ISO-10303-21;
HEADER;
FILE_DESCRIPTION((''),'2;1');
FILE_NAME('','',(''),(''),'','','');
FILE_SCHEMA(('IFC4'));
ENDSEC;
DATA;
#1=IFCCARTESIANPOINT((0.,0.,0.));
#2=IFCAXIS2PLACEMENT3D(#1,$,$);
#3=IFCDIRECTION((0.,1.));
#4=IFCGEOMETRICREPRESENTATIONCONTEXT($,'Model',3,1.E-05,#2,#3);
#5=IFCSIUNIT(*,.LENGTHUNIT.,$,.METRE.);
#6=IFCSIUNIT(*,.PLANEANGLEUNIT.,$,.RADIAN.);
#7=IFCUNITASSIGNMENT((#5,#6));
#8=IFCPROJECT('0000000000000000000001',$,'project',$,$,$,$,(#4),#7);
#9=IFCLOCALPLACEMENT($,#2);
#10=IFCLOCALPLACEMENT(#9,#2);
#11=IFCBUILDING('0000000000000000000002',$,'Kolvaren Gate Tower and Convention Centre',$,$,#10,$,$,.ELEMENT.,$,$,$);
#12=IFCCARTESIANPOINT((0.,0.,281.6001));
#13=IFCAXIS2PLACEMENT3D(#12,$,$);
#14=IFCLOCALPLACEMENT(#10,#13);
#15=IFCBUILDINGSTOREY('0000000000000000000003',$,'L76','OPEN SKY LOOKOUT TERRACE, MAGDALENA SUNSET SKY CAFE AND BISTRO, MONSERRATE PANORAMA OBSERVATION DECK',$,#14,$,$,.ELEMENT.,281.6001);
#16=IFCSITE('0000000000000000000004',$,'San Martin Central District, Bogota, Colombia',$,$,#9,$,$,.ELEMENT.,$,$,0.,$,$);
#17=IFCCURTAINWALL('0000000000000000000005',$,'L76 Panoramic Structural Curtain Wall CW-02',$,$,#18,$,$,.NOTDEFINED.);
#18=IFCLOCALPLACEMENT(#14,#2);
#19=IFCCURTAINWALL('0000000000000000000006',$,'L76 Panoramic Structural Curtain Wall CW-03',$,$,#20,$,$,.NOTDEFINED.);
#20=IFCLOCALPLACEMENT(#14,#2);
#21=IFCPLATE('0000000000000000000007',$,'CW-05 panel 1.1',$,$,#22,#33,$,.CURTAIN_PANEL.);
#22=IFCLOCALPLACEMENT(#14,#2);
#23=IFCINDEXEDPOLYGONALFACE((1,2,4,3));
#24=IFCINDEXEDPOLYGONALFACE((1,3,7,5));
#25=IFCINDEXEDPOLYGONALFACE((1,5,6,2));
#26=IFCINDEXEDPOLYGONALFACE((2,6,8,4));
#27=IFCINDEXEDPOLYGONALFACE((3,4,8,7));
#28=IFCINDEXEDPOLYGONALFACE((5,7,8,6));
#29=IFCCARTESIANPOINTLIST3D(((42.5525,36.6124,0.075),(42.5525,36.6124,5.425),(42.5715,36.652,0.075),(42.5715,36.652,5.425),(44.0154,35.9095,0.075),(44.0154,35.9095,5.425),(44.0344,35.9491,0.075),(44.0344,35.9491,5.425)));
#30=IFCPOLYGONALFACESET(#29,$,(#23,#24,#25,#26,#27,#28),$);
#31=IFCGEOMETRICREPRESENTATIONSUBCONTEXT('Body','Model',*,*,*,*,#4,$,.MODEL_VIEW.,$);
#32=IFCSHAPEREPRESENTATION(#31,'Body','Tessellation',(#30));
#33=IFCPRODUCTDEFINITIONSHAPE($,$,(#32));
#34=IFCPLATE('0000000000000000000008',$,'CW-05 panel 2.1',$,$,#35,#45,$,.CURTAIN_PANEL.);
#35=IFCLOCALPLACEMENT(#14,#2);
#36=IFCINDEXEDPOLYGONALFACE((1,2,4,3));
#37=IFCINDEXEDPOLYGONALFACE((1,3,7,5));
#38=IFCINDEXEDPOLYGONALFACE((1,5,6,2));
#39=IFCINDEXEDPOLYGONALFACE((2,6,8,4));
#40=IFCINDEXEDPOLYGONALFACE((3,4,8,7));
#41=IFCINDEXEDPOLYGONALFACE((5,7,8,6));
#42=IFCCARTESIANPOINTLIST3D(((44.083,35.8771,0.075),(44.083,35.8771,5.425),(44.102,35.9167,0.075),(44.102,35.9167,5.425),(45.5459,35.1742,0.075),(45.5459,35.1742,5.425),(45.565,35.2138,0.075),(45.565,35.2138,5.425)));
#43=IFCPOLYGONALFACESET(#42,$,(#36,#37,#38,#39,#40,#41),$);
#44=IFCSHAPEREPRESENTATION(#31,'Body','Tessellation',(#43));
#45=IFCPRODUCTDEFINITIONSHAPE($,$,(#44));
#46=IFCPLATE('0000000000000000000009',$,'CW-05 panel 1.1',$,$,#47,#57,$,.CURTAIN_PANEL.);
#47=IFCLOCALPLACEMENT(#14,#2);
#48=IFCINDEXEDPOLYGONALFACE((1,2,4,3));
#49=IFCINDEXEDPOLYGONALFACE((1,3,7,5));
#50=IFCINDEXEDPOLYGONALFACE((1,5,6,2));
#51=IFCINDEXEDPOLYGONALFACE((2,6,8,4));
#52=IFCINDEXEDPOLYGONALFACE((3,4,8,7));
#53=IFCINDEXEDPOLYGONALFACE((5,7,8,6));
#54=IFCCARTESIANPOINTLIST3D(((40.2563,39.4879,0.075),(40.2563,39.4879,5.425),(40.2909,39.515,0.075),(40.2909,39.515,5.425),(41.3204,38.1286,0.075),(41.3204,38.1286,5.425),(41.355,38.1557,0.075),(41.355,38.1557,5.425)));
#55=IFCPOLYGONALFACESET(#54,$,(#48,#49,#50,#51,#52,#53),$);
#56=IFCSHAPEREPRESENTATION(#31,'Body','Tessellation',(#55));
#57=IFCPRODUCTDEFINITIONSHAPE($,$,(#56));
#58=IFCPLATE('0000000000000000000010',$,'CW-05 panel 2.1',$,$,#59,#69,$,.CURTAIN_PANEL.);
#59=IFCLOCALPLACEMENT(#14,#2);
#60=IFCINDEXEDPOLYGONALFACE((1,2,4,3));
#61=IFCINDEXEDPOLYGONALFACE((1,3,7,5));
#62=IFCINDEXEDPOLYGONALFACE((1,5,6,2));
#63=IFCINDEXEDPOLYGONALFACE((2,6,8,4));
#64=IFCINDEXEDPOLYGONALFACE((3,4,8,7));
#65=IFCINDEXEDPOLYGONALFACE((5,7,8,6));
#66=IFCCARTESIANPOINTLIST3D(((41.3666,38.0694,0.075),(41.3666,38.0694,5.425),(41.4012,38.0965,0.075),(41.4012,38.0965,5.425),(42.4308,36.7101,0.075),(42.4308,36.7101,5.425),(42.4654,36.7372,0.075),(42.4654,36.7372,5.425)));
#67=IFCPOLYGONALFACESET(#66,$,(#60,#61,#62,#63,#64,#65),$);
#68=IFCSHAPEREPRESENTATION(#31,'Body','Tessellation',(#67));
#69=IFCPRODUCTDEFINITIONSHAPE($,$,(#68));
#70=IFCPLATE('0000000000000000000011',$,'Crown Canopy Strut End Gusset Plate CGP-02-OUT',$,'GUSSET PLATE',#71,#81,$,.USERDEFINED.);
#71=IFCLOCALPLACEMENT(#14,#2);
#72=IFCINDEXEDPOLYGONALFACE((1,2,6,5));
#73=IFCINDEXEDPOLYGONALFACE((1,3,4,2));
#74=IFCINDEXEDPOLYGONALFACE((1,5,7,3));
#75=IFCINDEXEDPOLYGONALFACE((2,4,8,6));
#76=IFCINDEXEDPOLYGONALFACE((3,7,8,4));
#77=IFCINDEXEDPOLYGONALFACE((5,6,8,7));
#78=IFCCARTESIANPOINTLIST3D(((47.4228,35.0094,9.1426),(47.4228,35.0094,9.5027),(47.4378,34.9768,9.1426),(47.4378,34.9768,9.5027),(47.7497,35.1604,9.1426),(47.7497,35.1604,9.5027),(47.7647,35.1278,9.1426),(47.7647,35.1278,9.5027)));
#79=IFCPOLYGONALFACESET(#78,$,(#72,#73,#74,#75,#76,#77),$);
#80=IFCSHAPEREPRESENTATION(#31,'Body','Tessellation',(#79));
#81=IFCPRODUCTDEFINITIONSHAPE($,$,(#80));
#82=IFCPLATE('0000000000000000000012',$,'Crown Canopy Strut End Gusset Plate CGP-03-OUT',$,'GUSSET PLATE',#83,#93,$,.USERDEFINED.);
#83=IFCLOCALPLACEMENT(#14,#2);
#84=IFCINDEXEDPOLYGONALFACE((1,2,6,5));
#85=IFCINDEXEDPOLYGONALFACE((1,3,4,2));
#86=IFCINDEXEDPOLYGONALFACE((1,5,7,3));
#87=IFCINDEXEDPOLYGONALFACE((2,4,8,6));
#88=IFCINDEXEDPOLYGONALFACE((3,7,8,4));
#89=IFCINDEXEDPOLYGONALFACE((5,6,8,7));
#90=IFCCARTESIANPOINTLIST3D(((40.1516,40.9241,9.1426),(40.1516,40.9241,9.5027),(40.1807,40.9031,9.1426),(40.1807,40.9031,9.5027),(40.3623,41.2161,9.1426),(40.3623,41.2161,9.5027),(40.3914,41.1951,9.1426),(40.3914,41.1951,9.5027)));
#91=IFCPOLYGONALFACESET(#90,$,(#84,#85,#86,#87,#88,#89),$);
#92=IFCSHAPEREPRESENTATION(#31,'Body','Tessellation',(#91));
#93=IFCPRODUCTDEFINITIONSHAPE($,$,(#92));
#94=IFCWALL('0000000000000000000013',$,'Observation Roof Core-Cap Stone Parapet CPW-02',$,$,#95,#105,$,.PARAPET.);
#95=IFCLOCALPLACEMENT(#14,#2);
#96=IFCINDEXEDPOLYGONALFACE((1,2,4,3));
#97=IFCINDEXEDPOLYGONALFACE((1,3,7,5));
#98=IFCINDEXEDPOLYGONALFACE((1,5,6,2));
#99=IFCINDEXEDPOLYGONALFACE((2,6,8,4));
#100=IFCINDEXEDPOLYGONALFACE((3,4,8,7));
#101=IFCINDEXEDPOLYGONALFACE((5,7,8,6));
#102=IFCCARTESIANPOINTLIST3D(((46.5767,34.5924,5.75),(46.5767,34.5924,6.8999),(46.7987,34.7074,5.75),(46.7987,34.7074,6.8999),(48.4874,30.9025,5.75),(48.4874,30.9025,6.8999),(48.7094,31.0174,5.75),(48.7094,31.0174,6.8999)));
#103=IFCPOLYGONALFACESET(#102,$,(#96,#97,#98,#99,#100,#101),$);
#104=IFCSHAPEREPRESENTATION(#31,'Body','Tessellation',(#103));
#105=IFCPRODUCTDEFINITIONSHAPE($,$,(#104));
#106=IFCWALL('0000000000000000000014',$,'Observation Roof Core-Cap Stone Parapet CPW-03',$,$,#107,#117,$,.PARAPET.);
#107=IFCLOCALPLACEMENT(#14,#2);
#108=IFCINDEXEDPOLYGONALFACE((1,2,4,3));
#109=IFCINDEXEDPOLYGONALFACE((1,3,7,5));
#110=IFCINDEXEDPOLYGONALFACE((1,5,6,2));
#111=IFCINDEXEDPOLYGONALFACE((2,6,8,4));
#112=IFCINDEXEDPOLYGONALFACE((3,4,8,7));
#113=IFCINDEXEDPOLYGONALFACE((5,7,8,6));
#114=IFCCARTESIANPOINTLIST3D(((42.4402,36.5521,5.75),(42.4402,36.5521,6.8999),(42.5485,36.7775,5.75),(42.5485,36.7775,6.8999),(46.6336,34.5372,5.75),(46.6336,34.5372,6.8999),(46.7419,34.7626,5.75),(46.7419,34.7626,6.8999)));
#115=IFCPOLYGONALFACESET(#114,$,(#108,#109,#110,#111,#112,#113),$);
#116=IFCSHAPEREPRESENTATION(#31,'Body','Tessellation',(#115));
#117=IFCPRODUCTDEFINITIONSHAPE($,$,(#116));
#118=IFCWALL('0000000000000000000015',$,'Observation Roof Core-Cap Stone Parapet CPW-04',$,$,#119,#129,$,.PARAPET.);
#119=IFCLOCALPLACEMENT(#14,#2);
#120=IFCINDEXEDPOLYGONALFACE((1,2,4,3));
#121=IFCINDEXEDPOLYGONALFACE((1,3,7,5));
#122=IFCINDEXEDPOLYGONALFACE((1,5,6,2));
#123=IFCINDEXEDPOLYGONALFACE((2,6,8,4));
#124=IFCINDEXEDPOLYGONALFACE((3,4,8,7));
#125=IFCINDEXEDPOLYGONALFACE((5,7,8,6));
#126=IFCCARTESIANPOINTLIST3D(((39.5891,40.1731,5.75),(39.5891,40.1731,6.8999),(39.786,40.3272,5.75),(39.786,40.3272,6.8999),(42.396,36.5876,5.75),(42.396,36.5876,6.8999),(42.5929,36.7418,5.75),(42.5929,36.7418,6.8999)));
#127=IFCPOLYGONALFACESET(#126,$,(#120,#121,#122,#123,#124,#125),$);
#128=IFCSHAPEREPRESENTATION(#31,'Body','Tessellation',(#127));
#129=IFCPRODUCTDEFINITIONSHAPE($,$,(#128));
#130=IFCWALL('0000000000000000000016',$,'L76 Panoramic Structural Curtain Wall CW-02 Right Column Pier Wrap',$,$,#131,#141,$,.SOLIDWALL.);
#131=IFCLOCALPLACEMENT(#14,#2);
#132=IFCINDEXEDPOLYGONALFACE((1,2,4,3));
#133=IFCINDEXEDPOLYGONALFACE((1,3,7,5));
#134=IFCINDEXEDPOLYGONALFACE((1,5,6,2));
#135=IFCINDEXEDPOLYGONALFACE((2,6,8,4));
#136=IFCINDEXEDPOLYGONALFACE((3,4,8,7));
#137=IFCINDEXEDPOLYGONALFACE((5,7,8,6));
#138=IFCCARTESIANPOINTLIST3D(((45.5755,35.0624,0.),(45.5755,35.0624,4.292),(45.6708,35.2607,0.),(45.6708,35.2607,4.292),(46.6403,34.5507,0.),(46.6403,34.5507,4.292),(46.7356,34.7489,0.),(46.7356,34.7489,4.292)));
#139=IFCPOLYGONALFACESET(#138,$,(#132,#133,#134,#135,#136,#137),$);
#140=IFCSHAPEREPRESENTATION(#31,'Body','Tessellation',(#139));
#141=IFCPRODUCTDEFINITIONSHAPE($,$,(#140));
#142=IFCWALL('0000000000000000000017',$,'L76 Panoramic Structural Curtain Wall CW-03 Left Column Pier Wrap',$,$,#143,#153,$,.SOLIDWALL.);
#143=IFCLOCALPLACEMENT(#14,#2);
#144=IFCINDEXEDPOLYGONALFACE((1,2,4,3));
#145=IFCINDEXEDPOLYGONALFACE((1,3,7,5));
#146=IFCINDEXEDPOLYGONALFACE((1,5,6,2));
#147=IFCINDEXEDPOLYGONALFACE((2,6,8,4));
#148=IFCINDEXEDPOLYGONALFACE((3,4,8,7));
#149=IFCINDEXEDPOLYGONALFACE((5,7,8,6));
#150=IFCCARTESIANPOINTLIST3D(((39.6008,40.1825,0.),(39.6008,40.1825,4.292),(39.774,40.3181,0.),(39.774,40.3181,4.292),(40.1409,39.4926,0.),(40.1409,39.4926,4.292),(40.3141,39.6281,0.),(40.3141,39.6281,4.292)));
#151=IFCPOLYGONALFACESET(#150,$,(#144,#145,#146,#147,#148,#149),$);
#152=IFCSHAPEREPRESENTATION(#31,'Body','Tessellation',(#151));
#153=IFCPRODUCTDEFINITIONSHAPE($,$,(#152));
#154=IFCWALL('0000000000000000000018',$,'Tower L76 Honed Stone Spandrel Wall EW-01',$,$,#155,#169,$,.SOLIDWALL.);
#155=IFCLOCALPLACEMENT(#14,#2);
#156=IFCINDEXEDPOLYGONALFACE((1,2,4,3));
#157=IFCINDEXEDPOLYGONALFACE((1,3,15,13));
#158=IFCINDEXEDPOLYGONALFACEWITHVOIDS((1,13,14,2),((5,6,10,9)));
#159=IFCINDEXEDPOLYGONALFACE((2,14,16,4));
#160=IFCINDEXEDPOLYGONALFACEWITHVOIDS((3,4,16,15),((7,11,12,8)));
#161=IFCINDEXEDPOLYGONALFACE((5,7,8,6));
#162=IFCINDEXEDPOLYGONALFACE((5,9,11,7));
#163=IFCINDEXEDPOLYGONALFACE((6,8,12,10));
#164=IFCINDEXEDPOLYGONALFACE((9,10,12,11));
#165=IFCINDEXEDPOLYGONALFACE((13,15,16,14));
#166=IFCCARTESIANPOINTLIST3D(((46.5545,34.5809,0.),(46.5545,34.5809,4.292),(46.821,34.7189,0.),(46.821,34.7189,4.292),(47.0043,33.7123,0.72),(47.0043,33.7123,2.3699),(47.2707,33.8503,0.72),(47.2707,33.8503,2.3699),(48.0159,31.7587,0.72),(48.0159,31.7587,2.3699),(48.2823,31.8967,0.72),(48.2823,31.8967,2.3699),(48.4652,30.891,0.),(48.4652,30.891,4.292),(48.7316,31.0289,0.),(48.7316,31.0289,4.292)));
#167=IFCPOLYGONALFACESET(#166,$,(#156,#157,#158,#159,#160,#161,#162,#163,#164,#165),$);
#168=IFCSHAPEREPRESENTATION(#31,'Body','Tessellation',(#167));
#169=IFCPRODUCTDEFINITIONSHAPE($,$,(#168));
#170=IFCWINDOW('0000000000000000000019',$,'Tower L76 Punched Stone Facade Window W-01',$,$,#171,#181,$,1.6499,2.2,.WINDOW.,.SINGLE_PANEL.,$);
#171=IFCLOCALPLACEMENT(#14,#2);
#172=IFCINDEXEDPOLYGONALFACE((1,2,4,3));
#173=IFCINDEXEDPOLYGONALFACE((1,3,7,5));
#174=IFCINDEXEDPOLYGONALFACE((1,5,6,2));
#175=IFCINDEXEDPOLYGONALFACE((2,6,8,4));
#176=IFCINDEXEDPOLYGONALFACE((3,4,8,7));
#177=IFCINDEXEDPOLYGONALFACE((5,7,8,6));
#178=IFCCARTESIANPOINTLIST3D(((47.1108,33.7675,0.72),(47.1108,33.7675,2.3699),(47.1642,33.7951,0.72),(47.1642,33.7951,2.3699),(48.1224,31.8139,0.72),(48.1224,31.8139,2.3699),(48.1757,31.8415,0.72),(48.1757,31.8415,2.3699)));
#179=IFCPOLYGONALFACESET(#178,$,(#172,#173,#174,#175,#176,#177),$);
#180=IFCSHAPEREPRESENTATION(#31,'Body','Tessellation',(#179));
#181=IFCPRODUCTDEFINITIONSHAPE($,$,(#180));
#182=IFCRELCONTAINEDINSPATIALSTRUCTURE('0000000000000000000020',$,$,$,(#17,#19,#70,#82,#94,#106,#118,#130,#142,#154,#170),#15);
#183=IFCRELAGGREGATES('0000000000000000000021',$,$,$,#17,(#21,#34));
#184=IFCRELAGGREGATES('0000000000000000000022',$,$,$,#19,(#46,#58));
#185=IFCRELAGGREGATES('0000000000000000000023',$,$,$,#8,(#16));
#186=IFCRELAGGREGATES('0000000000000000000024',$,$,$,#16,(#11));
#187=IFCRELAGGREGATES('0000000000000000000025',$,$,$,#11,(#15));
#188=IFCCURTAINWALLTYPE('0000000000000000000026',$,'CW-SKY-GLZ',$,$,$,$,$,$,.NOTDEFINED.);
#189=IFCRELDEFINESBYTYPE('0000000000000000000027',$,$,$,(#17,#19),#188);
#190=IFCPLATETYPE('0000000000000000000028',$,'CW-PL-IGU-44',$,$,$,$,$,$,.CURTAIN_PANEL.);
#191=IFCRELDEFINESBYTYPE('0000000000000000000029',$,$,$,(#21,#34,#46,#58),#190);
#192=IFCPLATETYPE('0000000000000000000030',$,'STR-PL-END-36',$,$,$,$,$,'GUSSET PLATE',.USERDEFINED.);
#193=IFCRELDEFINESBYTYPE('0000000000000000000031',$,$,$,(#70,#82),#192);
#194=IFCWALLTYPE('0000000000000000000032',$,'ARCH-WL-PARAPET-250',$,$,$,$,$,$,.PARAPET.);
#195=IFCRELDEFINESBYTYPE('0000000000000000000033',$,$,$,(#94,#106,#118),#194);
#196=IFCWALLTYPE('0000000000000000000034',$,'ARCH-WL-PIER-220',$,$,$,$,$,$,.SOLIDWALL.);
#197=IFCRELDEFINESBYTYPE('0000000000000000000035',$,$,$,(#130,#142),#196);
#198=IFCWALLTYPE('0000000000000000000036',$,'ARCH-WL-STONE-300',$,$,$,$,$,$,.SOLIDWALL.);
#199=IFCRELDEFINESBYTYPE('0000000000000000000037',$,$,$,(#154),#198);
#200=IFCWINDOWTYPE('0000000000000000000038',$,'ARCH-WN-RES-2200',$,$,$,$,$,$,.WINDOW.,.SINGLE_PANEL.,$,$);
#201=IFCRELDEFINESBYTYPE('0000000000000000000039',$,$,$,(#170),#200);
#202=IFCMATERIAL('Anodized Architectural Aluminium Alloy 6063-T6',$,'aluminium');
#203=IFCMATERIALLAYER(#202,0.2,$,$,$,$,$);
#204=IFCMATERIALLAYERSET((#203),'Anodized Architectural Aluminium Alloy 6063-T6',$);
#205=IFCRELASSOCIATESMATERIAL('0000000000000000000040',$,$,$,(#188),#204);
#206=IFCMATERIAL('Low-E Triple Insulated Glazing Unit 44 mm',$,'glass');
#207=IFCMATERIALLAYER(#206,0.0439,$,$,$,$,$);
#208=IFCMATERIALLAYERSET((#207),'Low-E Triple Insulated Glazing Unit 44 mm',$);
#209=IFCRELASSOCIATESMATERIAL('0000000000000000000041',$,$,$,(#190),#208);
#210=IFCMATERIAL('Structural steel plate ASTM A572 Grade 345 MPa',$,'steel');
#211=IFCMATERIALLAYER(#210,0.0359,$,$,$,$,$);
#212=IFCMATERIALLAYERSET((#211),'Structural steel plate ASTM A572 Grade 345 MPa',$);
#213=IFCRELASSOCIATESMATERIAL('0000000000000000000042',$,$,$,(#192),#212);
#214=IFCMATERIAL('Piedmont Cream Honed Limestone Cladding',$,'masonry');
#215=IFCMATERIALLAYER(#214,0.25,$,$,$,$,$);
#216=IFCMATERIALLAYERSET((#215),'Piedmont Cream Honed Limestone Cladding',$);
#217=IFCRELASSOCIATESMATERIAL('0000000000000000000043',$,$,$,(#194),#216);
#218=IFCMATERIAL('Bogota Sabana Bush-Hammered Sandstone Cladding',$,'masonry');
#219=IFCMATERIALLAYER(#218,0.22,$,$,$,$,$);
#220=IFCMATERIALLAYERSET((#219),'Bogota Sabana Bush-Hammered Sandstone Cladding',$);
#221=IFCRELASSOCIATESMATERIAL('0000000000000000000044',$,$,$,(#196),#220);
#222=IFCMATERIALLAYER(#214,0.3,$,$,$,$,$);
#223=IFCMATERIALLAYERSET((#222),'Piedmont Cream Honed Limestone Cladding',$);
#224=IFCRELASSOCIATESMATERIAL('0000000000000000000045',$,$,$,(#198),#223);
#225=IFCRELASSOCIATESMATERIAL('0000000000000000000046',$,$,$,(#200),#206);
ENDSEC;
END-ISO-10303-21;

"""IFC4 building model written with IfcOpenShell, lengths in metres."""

from ifc_helpers import new_model, si_unit, direction, frame, frame_2d, origin, origin_2d, place, context, subcontext, project, spatial, rectangle, extrude, material, layer, layer_set, type_object, element, fill, aggregate, save


model = new_model("IFC4")

# Units and contexts
model_context = context("Model", 3, precision=1e-05, world=origin(), true_north=direction((0.0, 1.0)))
body_context = subcontext(model_context, "Body", "Model", "MODEL_VIEW")
ifc_project = project(units=[si_unit("LENGTHUNIT", "METRE"), si_unit("PLANEANGLEUNIT", "RADIAN")], contexts=[model_context])

# Site, building, storey
site_placement = place(None, origin())
site = spatial("IfcSite", under=ifc_project, at=site_placement, Name="San Martin Central District, Bogota, Colombia", CompositionType="ELEMENT", RefElevation=0.0)
building_placement = place(site_placement, origin())
building = spatial("IfcBuilding", under=site, at=building_placement, Name="Kolvaren Gate Tower and Convention Centre", CompositionType="ELEMENT")
storey_placement = place(building_placement, frame((0.0, 0.0, 281.6001)))
storey = spatial("IfcBuildingStorey", under=building, at=storey_placement, Name="L76", Description="OPEN SKY LOOKOUT TERRACE, MAGDALENA SUNSET SKY CAFE AND BISTRO, MONSERRATE PANORAMA OBSERVATION DECK", CompositionType="ELEMENT", Elevation=281.6001)

# Curtain walls
ifc_material_1 = material(Name="Anodized Architectural Aluminium Alloy 6063-T6", Category="aluminium")
ifc_layer_1 = layer(ifc_material_1, 0.2)
ifc_layer_set_1 = layer_set([ifc_layer_1], Name="Anodized Architectural Aluminium Alloy 6063-T6")
curtain_wall_type = type_object("IfcCurtainWallType", Name="CW-SKY-GLZ", PredefinedType="NOTDEFINED", material=ifc_layer_set_1)
curtain_wall_1_placement = place(storey_placement, origin())
curtain_wall_1 = element("IfcCurtainWall", 1, at=curtain_wall_1_placement, inside=storey, type_object=curtain_wall_type, Name="L76 Panoramic Structural Curtain Wall CW-02", PredefinedType="NOTDEFINED")
curtain_wall_2_placement = place(storey_placement, origin())
curtain_wall_2 = element("IfcCurtainWall", 2, at=curtain_wall_2_placement, inside=storey, type_object=curtain_wall_type, Name="L76 Panoramic Structural Curtain Wall CW-03", PredefinedType="NOTDEFINED")

# Plates
ifc_material_2 = material(Name="Low-E Triple Insulated Glazing Unit 44 mm", Category="glass")
ifc_layer_2 = layer(ifc_material_2, 0.0439)
ifc_layer_set_2 = layer_set([ifc_layer_2], Name="Low-E Triple Insulated Glazing Unit 44 mm")
plate_type_1 = type_object("IfcPlateType", Name="CW-PL-IGU-44", PredefinedType="CURTAIN_PANEL", material=ifc_layer_set_2)
plate_1_placement = place(storey_placement, frame((43.2935, 36.2808, 0.075), z_axis=(0.0, 0.0, 1.0), x_axis=(0.901358, -0.433076, 0.0)))
plate_1 = element("IfcPlate", 3, at=plate_1_placement, type_object=plate_type_1, Name="CW-05 panel 1.1", PredefinedType="CURTAIN_PANEL", context=body_context, shape_type="SweptSolid", body=[
    extrude(rectangle(XDim=1.623, YDim=0.0439, at=origin_2d()), origin(), (0.0, 0.0, 1.0), 5.3501),
])
plate_2_placement = place(storey_placement, frame((44.824, 35.5454, 0.075), z_axis=(0.0, 0.0, 1.0), x_axis=(0.901358, -0.433076, 0.0)))
plate_2 = element("IfcPlate", 4, at=plate_2_placement, type_object=plate_type_1, Name="CW-05 panel 2.1", PredefinedType="CURTAIN_PANEL", context=body_context, shape_type="SweptSolid", body=[
    extrude(rectangle(XDim=1.623, YDim=0.0439, at=origin_2d()), origin(), (0.0, 0.0, 1.0), 5.3501),
])
aggregate(curtain_wall_1, [plate_1, plate_2])
plate_3_placement = place(storey_placement, frame((40.8057, 38.8218, 0.075), z_axis=(0.0, 0.0, 1.0), x_axis=(0.616426, -0.787413, 0.0)))
plate_3 = element("IfcPlate", 5, at=plate_3_placement, type_object=plate_type_1, Name="CW-05 panel 1.1", PredefinedType="CURTAIN_PANEL", context=body_context, shape_type="SweptSolid", body=[
    extrude(rectangle(XDim=1.7263, YDim=0.0439, at=origin_2d()), origin(), (0.0, 0.0, 1.0), 5.3501),
])
plate_4_placement = place(storey_placement, frame((41.916, 37.4033, 0.075), z_axis=(0.0, 0.0, 1.0), x_axis=(0.616426, -0.787413, 0.0)))
plate_4 = element("IfcPlate", 6, at=plate_4_placement, type_object=plate_type_1, Name="CW-05 panel 2.1", PredefinedType="CURTAIN_PANEL", context=body_context, shape_type="SweptSolid", body=[
    extrude(rectangle(XDim=1.7263, YDim=0.0439, at=origin_2d()), origin(), (0.0, 0.0, 1.0), 5.3501),
])
aggregate(curtain_wall_2, [plate_3, plate_4])

# Plates
ifc_material_3 = material(Name="Structural steel plate ASTM A572 Grade 345 MPa", Category="steel")
ifc_layer_3 = layer(ifc_material_3, 0.0359)
ifc_layer_set_3 = layer_set([ifc_layer_3], Name="Structural steel plate ASTM A572 Grade 345 MPa")
plate_type_2 = type_object("IfcPlateType", Name="STR-PL-END-36", ElementType="GUSSET PLATE", PredefinedType="USERDEFINED", material=ifc_layer_set_3)
for number, where, z_axis, x_axis, name in (
    (7, (47.5938, 35.0686, 9.1426), (0.0, 0.0, 1.0), (0.907837, 0.419324, 0.0), "Crown Canopy Strut End Gusset Plate CGP-02-OUT"),
    (8, (40.2715, 41.0596, 9.1426), (0.0, 0.0, 1.0), (0.585186, 0.810899, 0.0), "Crown Canopy Strut End Gusset Plate CGP-03-OUT"),
):
    element("IfcPlate", number, at=place(storey_placement, frame(where, z_axis=z_axis, x_axis=x_axis)), inside=storey, type_object=plate_type_2, Name=name, ObjectType="GUSSET PLATE", PredefinedType="USERDEFINED", context=body_context, shape_type="SweptSolid", body=[
        extrude(rectangle(XDim=0.3601, YDim=0.0359, at=origin_2d()), origin(), (0.0, 0.0, 1.0), 0.3601),
    ])

# Walls
ifc_material_4 = material(Name="Piedmont Cream Honed Limestone Cladding", Category="masonry")
ifc_layer_4 = layer(ifc_material_4, 0.25)
ifc_layer_set_4 = layer_set([ifc_layer_4], Name="Piedmont Cream Honed Limestone Cladding")
wall_type_1 = type_object("IfcWallType", Name="ARCH-WL-PARAPET-250", PredefinedType="PARAPET", material=ifc_layer_set_4)
wall_1_placement = place(storey_placement, frame((46.6877, 34.6499, 5.75), z_axis=(0.0, 0.0, 1.0), x_axis=(0.459813, -0.888016, 0.0)))
element("IfcWall", 9, at=wall_1_placement, inside=storey, type_object=wall_type_1, Name="Observation Roof Core-Cap Stone Parapet CPW-02", PredefinedType="PARAPET", context=body_context, shape_type="SweptSolid", body=[
    extrude(rectangle(XDim=4.1553, YDim=0.25, at=frame_2d((2.0776, 0.0))), origin(), (0.0, 0.0, 1.0), 1.1499),
])
wall_2_placement = place(storey_placement, frame((42.4944, 36.6648, 5.75), z_axis=(0.0, 0.0, 1.0), x_axis=(0.901349, -0.433094, 0.0)))
element("IfcWall", 10, at=wall_2_placement, inside=storey, type_object=wall_type_1, Name="Observation Roof Core-Cap Stone Parapet CPW-03", PredefinedType="PARAPET", context=body_context, shape_type="SweptSolid", body=[
    extrude(rectangle(XDim=4.6523, YDim=0.25, at=frame_2d((2.3262, 0.0))), origin(), (0.0, 0.0, 1.0), 1.1499),
])
wall_3_placement = place(storey_placement, frame((39.6875, 40.2502, 5.75), z_axis=(0.0, 0.0, 1.0), x_axis=(0.616428, -0.787411, 0.0)))
element("IfcWall", 11, at=wall_3_placement, inside=storey, type_object=wall_type_1, Name="Observation Roof Core-Cap Stone Parapet CPW-04", PredefinedType="PARAPET", context=body_context, shape_type="SweptSolid", body=[
    extrude(rectangle(XDim=4.5535, YDim=0.25, at=frame_2d((2.2769, 0.0))), origin(), (0.0, 0.0, 1.0), 1.1499),
])
ifc_material_5 = material(Name="Bogota Sabana Bush-Hammered Sandstone Cladding", Category="masonry")
ifc_layer_5 = layer(ifc_material_5, 0.22)
ifc_layer_set_5 = layer_set([ifc_layer_5], Name="Bogota Sabana Bush-Hammered Sandstone Cladding")
wall_type_2 = type_object("IfcWallType", Name="ARCH-WL-PIER-220", PredefinedType="SOLIDWALL", material=ifc_layer_set_5)
wall_4_placement = place(storey_placement, frame((45.623, 35.1616, 0.0), z_axis=(0.0, 0.0, 1.0), x_axis=(0.901304, -0.433188, 0.0)))
element("IfcWall", 12, at=wall_4_placement, inside=storey, type_object=wall_type_2, Name="L76 Panoramic Structural Curtain Wall CW-02 Right Column Pier Wrap", PredefinedType="SOLIDWALL", context=body_context, shape_type="SweptSolid", body=[
    extrude(rectangle(XDim=1.1814, YDim=0.22, at=frame_2d((0.5908, 0.0))), origin(), (0.0, 0.0, 1.0), 4.292),
])
wall_5_placement = place(storey_placement, frame((39.6875, 40.2502, 0.0), z_axis=(0.0, 0.0, 1.0), x_axis=(0.616368, -0.787458, 0.0)))
element("IfcWall", 13, at=wall_5_placement, inside=storey, type_object=wall_type_2, Name="L76 Panoramic Structural Curtain Wall CW-03 Left Column Pier Wrap", PredefinedType="SOLIDWALL", context=body_context, shape_type="SweptSolid", body=[
    extrude(rectangle(XDim=0.8762, YDim=0.22, at=frame_2d((0.438, 0.0))), origin(), (0.0, 0.0, 1.0), 4.292),
])

# Wall, opening, window
ifc_layer_6 = layer(ifc_material_4, 0.3)
ifc_layer_set_6 = layer_set([ifc_layer_6], Name="Piedmont Cream Honed Limestone Cladding")
wall_type_3 = type_object("IfcWallType", Name="ARCH-WL-STONE-300", PredefinedType="SOLIDWALL", material=ifc_layer_set_6)
wall_6_placement = place(storey_placement, frame((46.6877, 34.6499, 0.0), z_axis=(0.0, 0.0, 1.0), x_axis=(0.459813, -0.888016, 0.0)))
wall_6 = element("IfcWall", 14, at=wall_6_placement, inside=storey, type_object=wall_type_3, Name="Tower L76 Honed Stone Spandrel Wall EW-01", PredefinedType="SOLIDWALL", context=body_context, shape_type="SweptSolid", body=[
    extrude(rectangle(XDim=4.1553, YDim=0.3, at=frame_2d((2.0776, 0.0))), origin(), (0.0, 0.0, 1.0), 4.292),
])
opening_placement = place(wall_6_placement, frame((0.978, 0.0, 0.72)))
opening = element("IfcOpeningElement", 15, at=opening_placement, cuts=wall_6, PredefinedType="OPENING", context=body_context, shape_type="SweptSolid", body=[
    extrude(rectangle(XDim=2.2, YDim=1.6499, at=frame_2d((1.1001, 0.825))), frame((0.0, 0.1599, 0.0), z_axis=(0.0, -1.0, 0.0), x_axis=(1.0, 0.0, 0.0)), (0.0, 0.0, 1.0), 0.3201),
])
window_type = type_object("IfcWindowType", Name="ARCH-WN-RES-2200", PartitioningType="SINGLE_PANEL", PredefinedType="WINDOW", material=ifc_material_2)
window_placement = place(opening_placement, origin())
window = element("IfcWindow", 16, at=window_placement, inside=storey, type_object=window_type, Name="Tower L76 Punched Stone Facade Window W-01", OverallHeight=1.6499, OverallWidth=2.2, PartitioningType="SINGLE_PANEL", PredefinedType="WINDOW", context=body_context, shape_type="SweptSolid", body=[
    extrude(rectangle(XDim=2.2, YDim=1.6499, at=frame_2d((1.1001, 0.825))), frame((0.0, 0.03, 0.0), z_axis=(0.0, -1.0, 0.0), x_axis=(1.0, 0.0, 0.0)), (0.0, 0.0, 1.0), 0.0601),
])
fill(opening, window)

save(model, "model.ifc")
